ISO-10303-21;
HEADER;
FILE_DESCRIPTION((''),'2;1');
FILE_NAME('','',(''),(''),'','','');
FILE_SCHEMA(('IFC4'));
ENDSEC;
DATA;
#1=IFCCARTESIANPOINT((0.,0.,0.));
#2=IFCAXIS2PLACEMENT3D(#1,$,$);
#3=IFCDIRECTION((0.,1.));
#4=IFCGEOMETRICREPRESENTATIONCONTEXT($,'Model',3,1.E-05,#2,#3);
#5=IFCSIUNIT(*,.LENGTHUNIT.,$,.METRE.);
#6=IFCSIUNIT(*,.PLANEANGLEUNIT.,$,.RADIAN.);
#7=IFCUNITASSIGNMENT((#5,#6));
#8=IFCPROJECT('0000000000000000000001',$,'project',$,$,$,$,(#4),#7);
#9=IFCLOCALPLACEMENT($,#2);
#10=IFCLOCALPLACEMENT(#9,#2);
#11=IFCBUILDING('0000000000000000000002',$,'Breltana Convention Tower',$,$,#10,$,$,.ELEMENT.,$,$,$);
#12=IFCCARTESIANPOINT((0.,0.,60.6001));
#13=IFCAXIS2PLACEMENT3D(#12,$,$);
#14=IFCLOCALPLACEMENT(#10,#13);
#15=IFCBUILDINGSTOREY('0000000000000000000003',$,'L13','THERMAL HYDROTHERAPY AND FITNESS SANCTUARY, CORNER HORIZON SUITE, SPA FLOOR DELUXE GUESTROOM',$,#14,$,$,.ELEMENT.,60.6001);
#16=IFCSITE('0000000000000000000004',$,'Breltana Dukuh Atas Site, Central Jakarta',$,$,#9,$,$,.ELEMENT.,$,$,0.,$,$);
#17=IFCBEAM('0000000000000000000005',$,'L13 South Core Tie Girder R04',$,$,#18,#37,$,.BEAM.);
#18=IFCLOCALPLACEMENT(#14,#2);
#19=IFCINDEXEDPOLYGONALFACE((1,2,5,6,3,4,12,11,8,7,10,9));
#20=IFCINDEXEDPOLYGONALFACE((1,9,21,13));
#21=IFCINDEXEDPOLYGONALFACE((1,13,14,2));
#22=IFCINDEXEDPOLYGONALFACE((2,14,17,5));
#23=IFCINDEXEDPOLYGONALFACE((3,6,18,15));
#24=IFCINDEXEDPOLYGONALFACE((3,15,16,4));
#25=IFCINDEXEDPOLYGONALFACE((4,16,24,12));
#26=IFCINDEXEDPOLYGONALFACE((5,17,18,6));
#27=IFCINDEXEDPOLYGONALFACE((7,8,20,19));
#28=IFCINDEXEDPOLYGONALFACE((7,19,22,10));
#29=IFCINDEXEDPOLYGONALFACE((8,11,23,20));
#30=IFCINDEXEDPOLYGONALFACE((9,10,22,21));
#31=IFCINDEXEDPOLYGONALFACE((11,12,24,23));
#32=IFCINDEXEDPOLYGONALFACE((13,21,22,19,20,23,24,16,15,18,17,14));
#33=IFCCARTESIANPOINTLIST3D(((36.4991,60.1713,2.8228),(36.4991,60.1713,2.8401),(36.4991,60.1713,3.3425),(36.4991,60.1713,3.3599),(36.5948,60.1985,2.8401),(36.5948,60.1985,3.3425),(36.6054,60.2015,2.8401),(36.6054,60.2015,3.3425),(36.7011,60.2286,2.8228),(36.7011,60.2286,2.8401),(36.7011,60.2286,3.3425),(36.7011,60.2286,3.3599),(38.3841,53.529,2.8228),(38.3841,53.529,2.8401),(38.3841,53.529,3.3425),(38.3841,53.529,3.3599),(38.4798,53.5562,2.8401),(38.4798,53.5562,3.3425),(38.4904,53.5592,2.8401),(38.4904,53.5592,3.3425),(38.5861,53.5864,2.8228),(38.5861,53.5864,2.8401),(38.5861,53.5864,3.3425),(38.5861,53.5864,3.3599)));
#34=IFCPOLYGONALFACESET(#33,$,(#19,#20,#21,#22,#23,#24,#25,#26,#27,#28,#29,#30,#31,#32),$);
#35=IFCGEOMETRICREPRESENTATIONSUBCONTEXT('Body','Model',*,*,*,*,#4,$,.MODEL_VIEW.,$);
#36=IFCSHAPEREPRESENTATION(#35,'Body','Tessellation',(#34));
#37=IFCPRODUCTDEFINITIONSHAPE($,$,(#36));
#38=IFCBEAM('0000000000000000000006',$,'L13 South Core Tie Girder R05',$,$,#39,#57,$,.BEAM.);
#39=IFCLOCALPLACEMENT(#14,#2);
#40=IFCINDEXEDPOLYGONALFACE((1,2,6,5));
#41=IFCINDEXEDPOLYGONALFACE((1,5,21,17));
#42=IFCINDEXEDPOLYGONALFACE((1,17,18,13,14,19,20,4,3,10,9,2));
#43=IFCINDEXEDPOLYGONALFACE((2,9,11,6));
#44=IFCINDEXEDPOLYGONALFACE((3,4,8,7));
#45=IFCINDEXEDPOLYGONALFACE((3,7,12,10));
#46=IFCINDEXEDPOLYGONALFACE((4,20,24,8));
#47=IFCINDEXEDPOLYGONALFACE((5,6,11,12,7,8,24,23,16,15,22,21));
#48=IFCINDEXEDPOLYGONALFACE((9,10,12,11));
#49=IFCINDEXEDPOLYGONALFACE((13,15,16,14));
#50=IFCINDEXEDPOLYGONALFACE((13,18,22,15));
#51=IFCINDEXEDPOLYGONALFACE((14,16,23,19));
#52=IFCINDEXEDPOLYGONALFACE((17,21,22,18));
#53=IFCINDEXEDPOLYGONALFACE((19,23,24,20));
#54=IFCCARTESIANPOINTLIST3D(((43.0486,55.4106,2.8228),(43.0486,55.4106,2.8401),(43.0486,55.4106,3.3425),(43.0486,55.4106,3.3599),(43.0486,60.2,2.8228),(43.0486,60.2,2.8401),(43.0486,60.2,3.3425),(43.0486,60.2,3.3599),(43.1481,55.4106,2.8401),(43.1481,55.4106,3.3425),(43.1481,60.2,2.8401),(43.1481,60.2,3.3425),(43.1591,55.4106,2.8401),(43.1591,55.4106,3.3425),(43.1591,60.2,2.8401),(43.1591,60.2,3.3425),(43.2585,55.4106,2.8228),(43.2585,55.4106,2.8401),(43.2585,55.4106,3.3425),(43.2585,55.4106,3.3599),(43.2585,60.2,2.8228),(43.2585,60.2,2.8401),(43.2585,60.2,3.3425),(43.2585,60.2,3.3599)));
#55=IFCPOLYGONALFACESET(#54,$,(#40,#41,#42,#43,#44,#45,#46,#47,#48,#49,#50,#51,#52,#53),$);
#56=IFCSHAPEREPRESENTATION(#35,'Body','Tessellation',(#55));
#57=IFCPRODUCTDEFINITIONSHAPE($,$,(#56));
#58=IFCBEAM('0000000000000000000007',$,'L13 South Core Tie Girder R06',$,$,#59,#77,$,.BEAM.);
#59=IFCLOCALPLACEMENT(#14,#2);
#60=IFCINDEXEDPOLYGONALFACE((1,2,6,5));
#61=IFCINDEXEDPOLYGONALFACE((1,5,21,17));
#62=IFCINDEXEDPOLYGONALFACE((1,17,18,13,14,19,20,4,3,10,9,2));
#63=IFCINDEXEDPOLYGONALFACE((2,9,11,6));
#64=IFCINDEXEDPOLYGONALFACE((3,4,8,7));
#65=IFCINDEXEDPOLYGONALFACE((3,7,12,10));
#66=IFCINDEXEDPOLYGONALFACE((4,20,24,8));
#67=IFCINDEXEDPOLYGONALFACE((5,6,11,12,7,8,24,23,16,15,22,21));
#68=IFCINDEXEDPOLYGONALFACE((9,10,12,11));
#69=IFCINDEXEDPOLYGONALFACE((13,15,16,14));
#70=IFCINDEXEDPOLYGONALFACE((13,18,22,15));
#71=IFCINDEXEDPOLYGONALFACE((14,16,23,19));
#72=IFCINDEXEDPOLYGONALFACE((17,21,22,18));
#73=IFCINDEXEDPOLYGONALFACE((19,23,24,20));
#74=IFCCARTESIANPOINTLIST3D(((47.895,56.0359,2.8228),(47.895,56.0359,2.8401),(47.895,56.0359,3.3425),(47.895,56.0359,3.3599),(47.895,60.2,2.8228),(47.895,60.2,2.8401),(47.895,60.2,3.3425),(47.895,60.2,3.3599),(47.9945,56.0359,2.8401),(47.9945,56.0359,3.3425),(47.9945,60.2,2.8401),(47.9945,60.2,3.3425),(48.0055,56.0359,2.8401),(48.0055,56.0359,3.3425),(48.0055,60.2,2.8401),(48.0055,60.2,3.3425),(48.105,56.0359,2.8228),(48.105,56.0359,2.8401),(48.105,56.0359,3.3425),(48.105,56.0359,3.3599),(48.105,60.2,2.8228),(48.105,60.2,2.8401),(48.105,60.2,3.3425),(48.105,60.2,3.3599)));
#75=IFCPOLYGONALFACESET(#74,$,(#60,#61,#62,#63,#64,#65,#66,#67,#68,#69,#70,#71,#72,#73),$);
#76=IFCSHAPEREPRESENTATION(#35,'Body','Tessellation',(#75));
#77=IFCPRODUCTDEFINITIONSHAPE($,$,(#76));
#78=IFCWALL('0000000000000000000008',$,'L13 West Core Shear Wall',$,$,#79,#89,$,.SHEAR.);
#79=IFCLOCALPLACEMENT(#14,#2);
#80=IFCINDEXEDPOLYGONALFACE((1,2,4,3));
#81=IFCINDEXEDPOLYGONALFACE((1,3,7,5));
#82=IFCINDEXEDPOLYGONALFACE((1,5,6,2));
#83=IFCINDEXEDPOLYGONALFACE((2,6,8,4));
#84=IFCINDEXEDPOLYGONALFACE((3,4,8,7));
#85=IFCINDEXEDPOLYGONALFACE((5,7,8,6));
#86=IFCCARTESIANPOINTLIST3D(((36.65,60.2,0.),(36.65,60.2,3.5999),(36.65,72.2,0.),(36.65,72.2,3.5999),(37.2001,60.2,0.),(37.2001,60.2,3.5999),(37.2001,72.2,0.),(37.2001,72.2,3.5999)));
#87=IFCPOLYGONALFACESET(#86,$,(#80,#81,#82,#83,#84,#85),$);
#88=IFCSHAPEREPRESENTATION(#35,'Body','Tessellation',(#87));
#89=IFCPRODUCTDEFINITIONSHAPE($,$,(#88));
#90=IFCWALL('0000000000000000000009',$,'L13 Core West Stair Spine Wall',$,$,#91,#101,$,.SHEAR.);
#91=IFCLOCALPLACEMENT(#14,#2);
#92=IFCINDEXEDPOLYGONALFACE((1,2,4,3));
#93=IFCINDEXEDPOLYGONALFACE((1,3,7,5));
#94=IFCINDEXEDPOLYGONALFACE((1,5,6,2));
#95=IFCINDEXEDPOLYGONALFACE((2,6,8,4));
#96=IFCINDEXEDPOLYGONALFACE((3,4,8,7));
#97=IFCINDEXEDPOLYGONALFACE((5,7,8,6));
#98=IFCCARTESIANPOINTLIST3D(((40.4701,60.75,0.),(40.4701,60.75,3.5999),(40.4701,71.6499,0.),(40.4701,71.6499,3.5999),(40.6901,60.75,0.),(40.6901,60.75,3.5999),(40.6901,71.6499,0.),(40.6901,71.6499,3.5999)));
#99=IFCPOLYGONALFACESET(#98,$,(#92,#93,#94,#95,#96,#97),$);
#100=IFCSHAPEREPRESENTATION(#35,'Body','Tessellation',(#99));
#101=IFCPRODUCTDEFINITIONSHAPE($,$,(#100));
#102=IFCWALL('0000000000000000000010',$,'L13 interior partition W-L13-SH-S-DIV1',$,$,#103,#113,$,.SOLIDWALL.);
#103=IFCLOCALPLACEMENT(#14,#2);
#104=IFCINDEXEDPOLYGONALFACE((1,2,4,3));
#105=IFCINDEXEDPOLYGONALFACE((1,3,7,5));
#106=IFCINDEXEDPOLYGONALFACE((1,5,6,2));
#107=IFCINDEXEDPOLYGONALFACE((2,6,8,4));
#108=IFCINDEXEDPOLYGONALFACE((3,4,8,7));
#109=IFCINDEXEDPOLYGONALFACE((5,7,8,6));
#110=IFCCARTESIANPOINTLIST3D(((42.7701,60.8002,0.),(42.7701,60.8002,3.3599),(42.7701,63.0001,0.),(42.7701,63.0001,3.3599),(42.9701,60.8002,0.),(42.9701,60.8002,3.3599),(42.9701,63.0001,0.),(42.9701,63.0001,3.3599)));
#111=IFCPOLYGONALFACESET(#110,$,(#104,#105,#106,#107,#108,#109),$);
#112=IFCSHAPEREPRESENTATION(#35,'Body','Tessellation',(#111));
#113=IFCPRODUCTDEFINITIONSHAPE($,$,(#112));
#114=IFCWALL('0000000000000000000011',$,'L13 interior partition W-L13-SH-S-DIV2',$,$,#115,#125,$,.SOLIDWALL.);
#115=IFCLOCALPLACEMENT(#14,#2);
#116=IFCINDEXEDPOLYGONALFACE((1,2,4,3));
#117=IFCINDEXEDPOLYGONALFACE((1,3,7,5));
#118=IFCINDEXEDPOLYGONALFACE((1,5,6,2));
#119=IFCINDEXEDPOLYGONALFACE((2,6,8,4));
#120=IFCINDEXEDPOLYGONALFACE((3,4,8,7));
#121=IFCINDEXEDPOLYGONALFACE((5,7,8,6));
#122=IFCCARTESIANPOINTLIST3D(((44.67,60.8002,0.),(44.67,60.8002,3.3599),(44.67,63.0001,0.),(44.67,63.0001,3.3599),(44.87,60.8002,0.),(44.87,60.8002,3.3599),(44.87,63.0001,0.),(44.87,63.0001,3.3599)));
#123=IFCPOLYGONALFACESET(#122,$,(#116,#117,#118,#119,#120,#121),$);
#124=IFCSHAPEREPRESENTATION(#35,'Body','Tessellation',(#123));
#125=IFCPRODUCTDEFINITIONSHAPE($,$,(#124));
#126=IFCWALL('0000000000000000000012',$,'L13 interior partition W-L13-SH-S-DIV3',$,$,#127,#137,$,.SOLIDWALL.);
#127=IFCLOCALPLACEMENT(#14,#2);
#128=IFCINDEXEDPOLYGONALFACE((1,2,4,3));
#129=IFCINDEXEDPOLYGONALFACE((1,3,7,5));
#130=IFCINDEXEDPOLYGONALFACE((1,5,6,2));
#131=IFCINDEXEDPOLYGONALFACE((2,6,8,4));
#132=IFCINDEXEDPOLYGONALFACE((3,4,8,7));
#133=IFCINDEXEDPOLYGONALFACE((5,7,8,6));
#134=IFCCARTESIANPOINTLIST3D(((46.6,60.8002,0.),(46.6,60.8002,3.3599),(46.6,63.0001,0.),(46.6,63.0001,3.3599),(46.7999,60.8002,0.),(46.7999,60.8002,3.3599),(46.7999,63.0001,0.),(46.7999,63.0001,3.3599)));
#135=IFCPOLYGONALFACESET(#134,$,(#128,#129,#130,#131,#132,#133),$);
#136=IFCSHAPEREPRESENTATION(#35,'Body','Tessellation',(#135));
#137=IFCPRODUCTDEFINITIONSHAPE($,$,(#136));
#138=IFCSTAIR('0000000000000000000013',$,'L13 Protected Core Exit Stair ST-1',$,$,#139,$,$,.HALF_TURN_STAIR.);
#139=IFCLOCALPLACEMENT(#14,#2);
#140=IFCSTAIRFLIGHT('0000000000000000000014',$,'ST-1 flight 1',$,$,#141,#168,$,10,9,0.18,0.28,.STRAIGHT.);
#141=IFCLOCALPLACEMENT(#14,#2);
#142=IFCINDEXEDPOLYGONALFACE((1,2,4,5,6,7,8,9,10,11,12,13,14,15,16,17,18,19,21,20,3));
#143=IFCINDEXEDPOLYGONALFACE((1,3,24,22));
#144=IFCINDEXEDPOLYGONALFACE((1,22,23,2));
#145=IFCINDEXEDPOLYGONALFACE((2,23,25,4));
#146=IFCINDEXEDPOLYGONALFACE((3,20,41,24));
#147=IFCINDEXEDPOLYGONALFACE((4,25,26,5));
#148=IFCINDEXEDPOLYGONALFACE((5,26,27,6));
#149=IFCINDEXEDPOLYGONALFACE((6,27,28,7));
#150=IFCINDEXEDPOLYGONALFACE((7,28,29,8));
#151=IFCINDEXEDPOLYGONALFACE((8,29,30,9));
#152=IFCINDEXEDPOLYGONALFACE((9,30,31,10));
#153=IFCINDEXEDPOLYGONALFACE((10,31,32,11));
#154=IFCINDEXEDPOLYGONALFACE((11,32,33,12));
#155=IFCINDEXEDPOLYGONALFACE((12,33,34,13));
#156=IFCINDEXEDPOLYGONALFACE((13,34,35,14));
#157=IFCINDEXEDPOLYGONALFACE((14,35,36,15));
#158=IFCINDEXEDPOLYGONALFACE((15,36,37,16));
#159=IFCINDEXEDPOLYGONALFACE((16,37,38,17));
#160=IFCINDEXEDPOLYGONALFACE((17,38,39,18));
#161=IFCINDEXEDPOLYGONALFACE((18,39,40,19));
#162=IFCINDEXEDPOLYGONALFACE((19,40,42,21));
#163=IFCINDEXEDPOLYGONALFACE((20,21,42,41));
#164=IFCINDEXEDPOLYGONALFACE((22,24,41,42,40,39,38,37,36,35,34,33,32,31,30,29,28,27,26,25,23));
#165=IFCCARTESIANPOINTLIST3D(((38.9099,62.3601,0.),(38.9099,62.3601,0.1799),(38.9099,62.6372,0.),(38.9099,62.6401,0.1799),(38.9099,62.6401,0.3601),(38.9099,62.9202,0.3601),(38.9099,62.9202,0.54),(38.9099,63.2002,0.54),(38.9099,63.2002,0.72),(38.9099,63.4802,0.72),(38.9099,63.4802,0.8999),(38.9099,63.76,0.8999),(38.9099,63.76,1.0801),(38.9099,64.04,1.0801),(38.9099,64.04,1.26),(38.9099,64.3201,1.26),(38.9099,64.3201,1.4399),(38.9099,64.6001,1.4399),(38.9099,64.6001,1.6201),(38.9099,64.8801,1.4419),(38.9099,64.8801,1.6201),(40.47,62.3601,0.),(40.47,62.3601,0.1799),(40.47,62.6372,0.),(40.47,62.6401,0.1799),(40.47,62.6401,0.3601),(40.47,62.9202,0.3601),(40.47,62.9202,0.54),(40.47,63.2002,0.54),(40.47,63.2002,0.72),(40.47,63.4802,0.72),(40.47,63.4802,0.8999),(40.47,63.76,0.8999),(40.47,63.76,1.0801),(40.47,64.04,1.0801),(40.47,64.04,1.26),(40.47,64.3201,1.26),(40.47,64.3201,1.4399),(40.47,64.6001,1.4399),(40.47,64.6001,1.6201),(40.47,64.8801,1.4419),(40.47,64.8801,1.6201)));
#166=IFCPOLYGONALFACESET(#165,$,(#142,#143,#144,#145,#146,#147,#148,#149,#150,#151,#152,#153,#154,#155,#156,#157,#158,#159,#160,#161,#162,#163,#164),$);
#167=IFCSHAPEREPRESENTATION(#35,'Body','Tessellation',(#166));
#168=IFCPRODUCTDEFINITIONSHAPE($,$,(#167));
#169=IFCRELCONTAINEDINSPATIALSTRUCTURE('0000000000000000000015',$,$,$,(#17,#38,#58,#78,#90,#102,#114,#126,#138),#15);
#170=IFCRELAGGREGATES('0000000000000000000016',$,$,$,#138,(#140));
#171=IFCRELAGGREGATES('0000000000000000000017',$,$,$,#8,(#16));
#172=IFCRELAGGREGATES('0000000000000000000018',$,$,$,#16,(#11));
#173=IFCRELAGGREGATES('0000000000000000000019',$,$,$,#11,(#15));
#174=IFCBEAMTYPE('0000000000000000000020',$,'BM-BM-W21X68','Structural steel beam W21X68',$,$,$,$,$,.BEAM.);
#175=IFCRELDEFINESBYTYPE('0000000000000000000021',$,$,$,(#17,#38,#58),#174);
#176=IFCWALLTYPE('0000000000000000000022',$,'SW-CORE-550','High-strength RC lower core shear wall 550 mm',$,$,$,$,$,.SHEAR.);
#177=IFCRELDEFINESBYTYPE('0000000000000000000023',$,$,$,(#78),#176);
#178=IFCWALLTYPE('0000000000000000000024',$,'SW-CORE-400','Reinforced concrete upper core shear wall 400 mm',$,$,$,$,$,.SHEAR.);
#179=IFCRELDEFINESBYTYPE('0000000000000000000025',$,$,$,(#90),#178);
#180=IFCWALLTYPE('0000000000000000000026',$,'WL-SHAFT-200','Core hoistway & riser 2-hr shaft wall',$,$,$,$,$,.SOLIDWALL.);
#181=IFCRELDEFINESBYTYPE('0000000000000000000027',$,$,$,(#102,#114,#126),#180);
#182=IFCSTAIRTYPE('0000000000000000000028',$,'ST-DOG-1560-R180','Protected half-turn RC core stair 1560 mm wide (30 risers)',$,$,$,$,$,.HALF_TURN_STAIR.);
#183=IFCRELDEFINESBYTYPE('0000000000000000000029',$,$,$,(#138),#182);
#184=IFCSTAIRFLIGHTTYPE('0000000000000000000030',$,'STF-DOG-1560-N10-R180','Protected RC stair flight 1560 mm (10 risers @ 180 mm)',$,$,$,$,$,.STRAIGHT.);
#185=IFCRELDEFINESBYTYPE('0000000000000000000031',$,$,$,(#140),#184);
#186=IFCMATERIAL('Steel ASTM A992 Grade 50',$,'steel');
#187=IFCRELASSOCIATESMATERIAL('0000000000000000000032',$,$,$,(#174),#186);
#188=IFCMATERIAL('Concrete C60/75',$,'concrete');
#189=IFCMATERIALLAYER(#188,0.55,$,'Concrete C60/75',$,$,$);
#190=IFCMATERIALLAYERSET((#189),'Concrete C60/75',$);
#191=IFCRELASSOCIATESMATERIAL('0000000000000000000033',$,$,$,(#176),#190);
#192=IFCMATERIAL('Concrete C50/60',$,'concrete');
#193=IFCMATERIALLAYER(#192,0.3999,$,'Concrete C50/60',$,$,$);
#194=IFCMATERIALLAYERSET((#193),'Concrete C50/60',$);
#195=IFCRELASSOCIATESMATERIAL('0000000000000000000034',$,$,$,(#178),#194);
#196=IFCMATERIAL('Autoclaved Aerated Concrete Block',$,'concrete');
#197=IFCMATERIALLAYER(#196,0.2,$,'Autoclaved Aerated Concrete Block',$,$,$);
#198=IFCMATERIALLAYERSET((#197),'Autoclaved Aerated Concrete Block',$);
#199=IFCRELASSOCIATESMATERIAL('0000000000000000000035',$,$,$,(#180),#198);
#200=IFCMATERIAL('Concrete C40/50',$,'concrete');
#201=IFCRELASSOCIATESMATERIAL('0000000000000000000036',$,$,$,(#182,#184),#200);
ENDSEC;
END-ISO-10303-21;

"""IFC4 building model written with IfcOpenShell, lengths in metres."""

from ifc_helpers import new_model, si_unit, direction, frame, frame_2d, origin, origin_2d, place, context, subcontext, project, spatial, polyline, rectangle, i_section, outline, extrude, source, transform, mapped, material, layer, layer_set, material_profile, profile_set, type_object, type_shapes, element, aggregate, save


model = new_model("IFC4")

# Units and contexts
model_context = context("Model", 3, precision=1e-05, world=origin(), true_north=direction((0.0, 1.0)))
body_context = subcontext(model_context, "Body", "Model", "MODEL_VIEW")
ifc_project = project(units=[si_unit("LENGTHUNIT", "METRE"), si_unit("PLANEANGLEUNIT", "RADIAN")], contexts=[model_context])

# Site, building, storey
site_placement = place(None, origin())
site = spatial("IfcSite", under=ifc_project, at=site_placement, Name="Breltana Dukuh Atas Site, Central Jakarta", CompositionType="ELEMENT", RefElevation=0.0)
building_placement = place(site_placement, origin())
building = spatial("IfcBuilding", under=site, at=building_placement, Name="Breltana Convention Tower", CompositionType="ELEMENT")
storey_placement = place(building_placement, frame((0.0, 0.0, 60.6001)))
storey = spatial("IfcBuildingStorey", under=building, at=storey_placement, Name="L13", Description="THERMAL HYDROTHERAPY AND FITNESS SANCTUARY, CORNER HORIZON SUITE, SPA FLOOR DELUXE GUESTROOM", CompositionType="ELEMENT", Elevation=60.6001)

# Beams
ifc_material_1 = material(Name="Steel ASTM A992 Grade 50", Category="steel")
ifc_material_profile = material_profile(ifc_material_1, i_section(OverallWidth=0.21, OverallDepth=0.5371, WebThickness=0.011, FlangeThickness=0.0173, at=origin_2d()), Name="W21X68")
ifc_profile_set = profile_set([ifc_material_profile], Name="Steel ASTM A992 Grade 50")
beam_type = type_object("IfcBeamType", Name="BM-BM-W21X68", Description="Structural steel beam W21X68", PredefinedType="BEAM", material=ifc_profile_set)
shared_shape_1 = source(origin(), body_context, "Body", "SweptSolid", [
    extrude(i_section(OverallWidth=0.21, OverallDepth=0.5371, WebThickness=0.011, FlangeThickness=0.0173, at=origin_2d()), origin(), (0.0, 0.0, 1.0), 6.9045),
])
type_shapes(beam_type, [shared_shape_1])
beam_1_placement = place(storey_placement, frame((36.6001, 60.2, 3.0913), z_axis=(0.273007, -0.962012, 0.0), x_axis=(0.962012, 0.273007, 0.0)))
element("IfcBeam", 1, at=beam_1_placement, inside=storey, type_object=beam_type, Name="L13 South Core Tie Girder R04", PredefinedType="BEAM", context=body_context, shape_type="MappedRepresentation", body=[
    mapped(shared_shape_1, transform((0.0, 0.0, 0.0), scale=1.0)),
])
shared_shape_2 = source(origin(), body_context, "Body", "SweptSolid", [
    extrude(i_section(OverallWidth=0.21, OverallDepth=0.5371, WebThickness=0.011, FlangeThickness=0.0173, at=origin_2d()), origin(), (0.0, 0.0, 1.0), 4.7893),
])
beam_2_placement = place(storey_placement, frame((43.1536, 60.2, 3.0913), z_axis=(0.0, -1.0, 0.0), x_axis=(1.0, 0.0, 0.0)))
element("IfcBeam", 2, at=beam_2_placement, inside=storey, type_object=beam_type, Name="L13 South Core Tie Girder R05", PredefinedType="BEAM", context=body_context, shape_type="MappedRepresentation", body=[
    mapped(shared_shape_2, transform((0.0, 0.0, 0.0), scale=1.0)),
])
shared_shape_3 = source(origin(), body_context, "Body", "SweptSolid", [
    extrude(i_section(OverallWidth=0.21, OverallDepth=0.5371, WebThickness=0.011, FlangeThickness=0.0173, at=origin_2d()), origin(), (0.0, 0.0, 1.0), 4.1641),
])
beam_3_placement = place(storey_placement, frame((48.0, 60.2, 3.0913), z_axis=(0.0, -1.0, 0.0), x_axis=(1.0, 0.0, 0.0)))
element("IfcBeam", 3, at=beam_3_placement, inside=storey, type_object=beam_type, Name="L13 South Core Tie Girder R06", PredefinedType="BEAM", context=body_context, shape_type="MappedRepresentation", body=[
    mapped(shared_shape_3, transform((0.0, 0.0, 0.0), scale=1.0)),
])

# Wall
ifc_material_2 = material(Name="Concrete C60/75", Category="concrete")
ifc_layer_1 = layer(ifc_material_2, 0.55, Name="Concrete C60/75")
ifc_layer_set_1 = layer_set([ifc_layer_1], Name="Concrete C60/75")
wall_type_1 = type_object("IfcWallType", Name="SW-CORE-550", Description="High-strength RC lower core shear wall 550 mm", PredefinedType="SHEAR", material=ifc_layer_set_1)
shared_shape_4 = source(origin(), body_context, "Body", "SweptSolid", [
    extrude(rectangle(XDim=12.0, YDim=0.55, at=frame_2d((6.0, 0.0))), origin(), (0.0, 0.0, 1.0), 3.5999),
])
wall_1_placement = place(storey_placement, frame((36.925, 60.2, 0.0), z_axis=(0.0, 0.0, 1.0), x_axis=(0.0, 1.0, 0.0)))
element("IfcWall", 4, at=wall_1_placement, inside=storey, type_object=wall_type_1, Name="L13 West Core Shear Wall", PredefinedType="SHEAR", context=body_context, shape_type="MappedRepresentation", body=[
    mapped(shared_shape_4, transform((0.0, 0.0, 0.0), scale=1.0)),
])

# Walls
ifc_material_3 = material(Name="Concrete C50/60", Category="concrete")
ifc_layer_2 = layer(ifc_material_3, 0.3999, Name="Concrete C50/60")
ifc_layer_set_2 = layer_set([ifc_layer_2], Name="Concrete C50/60")
wall_type_2 = type_object("IfcWallType", Name="SW-CORE-400", Description="Reinforced concrete upper core shear wall 400 mm", PredefinedType="SHEAR", material=ifc_layer_set_2)
shared_shape_5 = source(origin(), body_context, "Body", "SweptSolid", [
    extrude(rectangle(XDim=10.8999, YDim=0.22, at=frame_2d((5.45, 0.0))), origin(), (0.0, 0.0, 1.0), 3.5999),
])
wall_2_placement = place(storey_placement, frame((40.5801, 60.75, 0.0), z_axis=(0.0, 0.0, 1.0), x_axis=(0.0, 1.0, 0.0)))
element("IfcWall", 5, at=wall_2_placement, inside=storey, type_object=wall_type_2, Name="L13 Core West Stair Spine Wall", PredefinedType="SHEAR", context=body_context, shape_type="MappedRepresentation", body=[
    mapped(shared_shape_5, transform((0.0, 0.0, 0.0), scale=1.0)),
])
ifc_material_4 = material(Name="Autoclaved Aerated Concrete Block", Category="concrete")
ifc_layer_3 = layer(ifc_material_4, 0.2, Name="Autoclaved Aerated Concrete Block")
ifc_layer_set_3 = layer_set([ifc_layer_3], Name="Autoclaved Aerated Concrete Block")
wall_type_3 = type_object("IfcWallType", Name="WL-SHAFT-200", Description="Core hoistway & riser 2-hr shaft wall", PredefinedType="SOLIDWALL", material=ifc_layer_set_3)
shared_shape_6 = source(origin(), body_context, "Body", "SweptSolid", [
    extrude(rectangle(XDim=2.2, YDim=0.2, at=frame_2d((1.1001, 0.0))), origin(), (0.0, 0.0, 1.0), 3.3599),
])
for number, where, z_axis, x_axis, name in (
    (6, (42.8701, 60.8, 0.0), (0.0, 0.0, 1.0), (0.0, 1.0, 0.0), "L13 interior partition W-L13-SH-S-DIV1"),
    (7, (44.77, 60.8, 0.0), (0.0, 0.0, 1.0), (0.0, 1.0, 0.0), "L13 interior partition W-L13-SH-S-DIV2"),
    (8, (46.7, 60.8, 0.0), (0.0, 0.0, 1.0), (0.0, 1.0, 0.0), "L13 interior partition W-L13-SH-S-DIV3"),
):
    element("IfcWall", number, at=place(storey_placement, frame(where, z_axis=z_axis, x_axis=x_axis)), inside=storey, type_object=wall_type_3, Name=name, PredefinedType="SOLIDWALL", context=body_context, shape_type="MappedRepresentation", body=[
        mapped(shared_shape_6, transform((0.0, 0.0, 0.0), scale=1.0)),
    ])

# Stair, stair flight
ifc_material_5 = material(Name="Concrete C40/50", Category="concrete")
stair_type = type_object("IfcStairType", Name="ST-DOG-1560-R180", Description="Protected half-turn RC core stair 1560 mm wide (30 risers)", PredefinedType="HALF_TURN_STAIR", material=ifc_material_5)
stair_placement = place(storey_placement, origin())
stair = element("IfcStair", 9, at=stair_placement, inside=storey, type_object=stair_type, Name="L13 Protected Core Exit Stair ST-1", PredefinedType="HALF_TURN_STAIR")
stair_flight_type = type_object("IfcStairFlightType", Name="STF-DOG-1560-N10-R180", Description="Protected RC stair flight 1560 mm (10 risers @ 180 mm)", PredefinedType="STRAIGHT", material=ifc_material_5)
stair_flight_placement = place(storey_placement, frame((39.6899, 62.3601, 0.0), z_axis=(0.0, 0.0, 1.0), x_axis=(0.0, 1.0, 0.0)))
stair_flight = element("IfcStairFlight", 10, at=stair_flight_placement, type_object=stair_flight_type, Name="ST-1 flight 1", NumberOfRisers=10, NumberOfTreads=9, PredefinedType="STRAIGHT", RiserHeight=0.18, TreadLength=0.28, context=body_context, shape_type="SweptSolid", body=[
    extrude(outline(polyline([(0.0, 0.0), (0.0, 0.1799), (0.28, 0.1799), (0.28, 0.3601), (0.5601, 0.3601), (0.5601, 0.54), (0.8401, 0.54), (0.8401, 0.72), (1.1201, 0.72), (1.1201, 0.8999), (1.3999, 0.8999), (1.3999, 1.0801), (1.6799, 1.0801), (1.6799, 1.26), (1.96, 1.26), (1.96, 1.4399), (2.24, 1.4399), (2.24, 1.6201), (2.52, 1.6201), (2.52, 1.8), (2.52, 1.4419), (0.2771, 0.0), (0.0, 0.0)])), frame((0.0, 0.78, 0.0), z_axis=(0.0, -1.0, 0.0), x_axis=(1.0, 0.0, 0.0)), (0.0, 0.0, 1.0), 1.5601),
])
aggregate(stair, [stair_flight])

save(model, "model.ifc")
